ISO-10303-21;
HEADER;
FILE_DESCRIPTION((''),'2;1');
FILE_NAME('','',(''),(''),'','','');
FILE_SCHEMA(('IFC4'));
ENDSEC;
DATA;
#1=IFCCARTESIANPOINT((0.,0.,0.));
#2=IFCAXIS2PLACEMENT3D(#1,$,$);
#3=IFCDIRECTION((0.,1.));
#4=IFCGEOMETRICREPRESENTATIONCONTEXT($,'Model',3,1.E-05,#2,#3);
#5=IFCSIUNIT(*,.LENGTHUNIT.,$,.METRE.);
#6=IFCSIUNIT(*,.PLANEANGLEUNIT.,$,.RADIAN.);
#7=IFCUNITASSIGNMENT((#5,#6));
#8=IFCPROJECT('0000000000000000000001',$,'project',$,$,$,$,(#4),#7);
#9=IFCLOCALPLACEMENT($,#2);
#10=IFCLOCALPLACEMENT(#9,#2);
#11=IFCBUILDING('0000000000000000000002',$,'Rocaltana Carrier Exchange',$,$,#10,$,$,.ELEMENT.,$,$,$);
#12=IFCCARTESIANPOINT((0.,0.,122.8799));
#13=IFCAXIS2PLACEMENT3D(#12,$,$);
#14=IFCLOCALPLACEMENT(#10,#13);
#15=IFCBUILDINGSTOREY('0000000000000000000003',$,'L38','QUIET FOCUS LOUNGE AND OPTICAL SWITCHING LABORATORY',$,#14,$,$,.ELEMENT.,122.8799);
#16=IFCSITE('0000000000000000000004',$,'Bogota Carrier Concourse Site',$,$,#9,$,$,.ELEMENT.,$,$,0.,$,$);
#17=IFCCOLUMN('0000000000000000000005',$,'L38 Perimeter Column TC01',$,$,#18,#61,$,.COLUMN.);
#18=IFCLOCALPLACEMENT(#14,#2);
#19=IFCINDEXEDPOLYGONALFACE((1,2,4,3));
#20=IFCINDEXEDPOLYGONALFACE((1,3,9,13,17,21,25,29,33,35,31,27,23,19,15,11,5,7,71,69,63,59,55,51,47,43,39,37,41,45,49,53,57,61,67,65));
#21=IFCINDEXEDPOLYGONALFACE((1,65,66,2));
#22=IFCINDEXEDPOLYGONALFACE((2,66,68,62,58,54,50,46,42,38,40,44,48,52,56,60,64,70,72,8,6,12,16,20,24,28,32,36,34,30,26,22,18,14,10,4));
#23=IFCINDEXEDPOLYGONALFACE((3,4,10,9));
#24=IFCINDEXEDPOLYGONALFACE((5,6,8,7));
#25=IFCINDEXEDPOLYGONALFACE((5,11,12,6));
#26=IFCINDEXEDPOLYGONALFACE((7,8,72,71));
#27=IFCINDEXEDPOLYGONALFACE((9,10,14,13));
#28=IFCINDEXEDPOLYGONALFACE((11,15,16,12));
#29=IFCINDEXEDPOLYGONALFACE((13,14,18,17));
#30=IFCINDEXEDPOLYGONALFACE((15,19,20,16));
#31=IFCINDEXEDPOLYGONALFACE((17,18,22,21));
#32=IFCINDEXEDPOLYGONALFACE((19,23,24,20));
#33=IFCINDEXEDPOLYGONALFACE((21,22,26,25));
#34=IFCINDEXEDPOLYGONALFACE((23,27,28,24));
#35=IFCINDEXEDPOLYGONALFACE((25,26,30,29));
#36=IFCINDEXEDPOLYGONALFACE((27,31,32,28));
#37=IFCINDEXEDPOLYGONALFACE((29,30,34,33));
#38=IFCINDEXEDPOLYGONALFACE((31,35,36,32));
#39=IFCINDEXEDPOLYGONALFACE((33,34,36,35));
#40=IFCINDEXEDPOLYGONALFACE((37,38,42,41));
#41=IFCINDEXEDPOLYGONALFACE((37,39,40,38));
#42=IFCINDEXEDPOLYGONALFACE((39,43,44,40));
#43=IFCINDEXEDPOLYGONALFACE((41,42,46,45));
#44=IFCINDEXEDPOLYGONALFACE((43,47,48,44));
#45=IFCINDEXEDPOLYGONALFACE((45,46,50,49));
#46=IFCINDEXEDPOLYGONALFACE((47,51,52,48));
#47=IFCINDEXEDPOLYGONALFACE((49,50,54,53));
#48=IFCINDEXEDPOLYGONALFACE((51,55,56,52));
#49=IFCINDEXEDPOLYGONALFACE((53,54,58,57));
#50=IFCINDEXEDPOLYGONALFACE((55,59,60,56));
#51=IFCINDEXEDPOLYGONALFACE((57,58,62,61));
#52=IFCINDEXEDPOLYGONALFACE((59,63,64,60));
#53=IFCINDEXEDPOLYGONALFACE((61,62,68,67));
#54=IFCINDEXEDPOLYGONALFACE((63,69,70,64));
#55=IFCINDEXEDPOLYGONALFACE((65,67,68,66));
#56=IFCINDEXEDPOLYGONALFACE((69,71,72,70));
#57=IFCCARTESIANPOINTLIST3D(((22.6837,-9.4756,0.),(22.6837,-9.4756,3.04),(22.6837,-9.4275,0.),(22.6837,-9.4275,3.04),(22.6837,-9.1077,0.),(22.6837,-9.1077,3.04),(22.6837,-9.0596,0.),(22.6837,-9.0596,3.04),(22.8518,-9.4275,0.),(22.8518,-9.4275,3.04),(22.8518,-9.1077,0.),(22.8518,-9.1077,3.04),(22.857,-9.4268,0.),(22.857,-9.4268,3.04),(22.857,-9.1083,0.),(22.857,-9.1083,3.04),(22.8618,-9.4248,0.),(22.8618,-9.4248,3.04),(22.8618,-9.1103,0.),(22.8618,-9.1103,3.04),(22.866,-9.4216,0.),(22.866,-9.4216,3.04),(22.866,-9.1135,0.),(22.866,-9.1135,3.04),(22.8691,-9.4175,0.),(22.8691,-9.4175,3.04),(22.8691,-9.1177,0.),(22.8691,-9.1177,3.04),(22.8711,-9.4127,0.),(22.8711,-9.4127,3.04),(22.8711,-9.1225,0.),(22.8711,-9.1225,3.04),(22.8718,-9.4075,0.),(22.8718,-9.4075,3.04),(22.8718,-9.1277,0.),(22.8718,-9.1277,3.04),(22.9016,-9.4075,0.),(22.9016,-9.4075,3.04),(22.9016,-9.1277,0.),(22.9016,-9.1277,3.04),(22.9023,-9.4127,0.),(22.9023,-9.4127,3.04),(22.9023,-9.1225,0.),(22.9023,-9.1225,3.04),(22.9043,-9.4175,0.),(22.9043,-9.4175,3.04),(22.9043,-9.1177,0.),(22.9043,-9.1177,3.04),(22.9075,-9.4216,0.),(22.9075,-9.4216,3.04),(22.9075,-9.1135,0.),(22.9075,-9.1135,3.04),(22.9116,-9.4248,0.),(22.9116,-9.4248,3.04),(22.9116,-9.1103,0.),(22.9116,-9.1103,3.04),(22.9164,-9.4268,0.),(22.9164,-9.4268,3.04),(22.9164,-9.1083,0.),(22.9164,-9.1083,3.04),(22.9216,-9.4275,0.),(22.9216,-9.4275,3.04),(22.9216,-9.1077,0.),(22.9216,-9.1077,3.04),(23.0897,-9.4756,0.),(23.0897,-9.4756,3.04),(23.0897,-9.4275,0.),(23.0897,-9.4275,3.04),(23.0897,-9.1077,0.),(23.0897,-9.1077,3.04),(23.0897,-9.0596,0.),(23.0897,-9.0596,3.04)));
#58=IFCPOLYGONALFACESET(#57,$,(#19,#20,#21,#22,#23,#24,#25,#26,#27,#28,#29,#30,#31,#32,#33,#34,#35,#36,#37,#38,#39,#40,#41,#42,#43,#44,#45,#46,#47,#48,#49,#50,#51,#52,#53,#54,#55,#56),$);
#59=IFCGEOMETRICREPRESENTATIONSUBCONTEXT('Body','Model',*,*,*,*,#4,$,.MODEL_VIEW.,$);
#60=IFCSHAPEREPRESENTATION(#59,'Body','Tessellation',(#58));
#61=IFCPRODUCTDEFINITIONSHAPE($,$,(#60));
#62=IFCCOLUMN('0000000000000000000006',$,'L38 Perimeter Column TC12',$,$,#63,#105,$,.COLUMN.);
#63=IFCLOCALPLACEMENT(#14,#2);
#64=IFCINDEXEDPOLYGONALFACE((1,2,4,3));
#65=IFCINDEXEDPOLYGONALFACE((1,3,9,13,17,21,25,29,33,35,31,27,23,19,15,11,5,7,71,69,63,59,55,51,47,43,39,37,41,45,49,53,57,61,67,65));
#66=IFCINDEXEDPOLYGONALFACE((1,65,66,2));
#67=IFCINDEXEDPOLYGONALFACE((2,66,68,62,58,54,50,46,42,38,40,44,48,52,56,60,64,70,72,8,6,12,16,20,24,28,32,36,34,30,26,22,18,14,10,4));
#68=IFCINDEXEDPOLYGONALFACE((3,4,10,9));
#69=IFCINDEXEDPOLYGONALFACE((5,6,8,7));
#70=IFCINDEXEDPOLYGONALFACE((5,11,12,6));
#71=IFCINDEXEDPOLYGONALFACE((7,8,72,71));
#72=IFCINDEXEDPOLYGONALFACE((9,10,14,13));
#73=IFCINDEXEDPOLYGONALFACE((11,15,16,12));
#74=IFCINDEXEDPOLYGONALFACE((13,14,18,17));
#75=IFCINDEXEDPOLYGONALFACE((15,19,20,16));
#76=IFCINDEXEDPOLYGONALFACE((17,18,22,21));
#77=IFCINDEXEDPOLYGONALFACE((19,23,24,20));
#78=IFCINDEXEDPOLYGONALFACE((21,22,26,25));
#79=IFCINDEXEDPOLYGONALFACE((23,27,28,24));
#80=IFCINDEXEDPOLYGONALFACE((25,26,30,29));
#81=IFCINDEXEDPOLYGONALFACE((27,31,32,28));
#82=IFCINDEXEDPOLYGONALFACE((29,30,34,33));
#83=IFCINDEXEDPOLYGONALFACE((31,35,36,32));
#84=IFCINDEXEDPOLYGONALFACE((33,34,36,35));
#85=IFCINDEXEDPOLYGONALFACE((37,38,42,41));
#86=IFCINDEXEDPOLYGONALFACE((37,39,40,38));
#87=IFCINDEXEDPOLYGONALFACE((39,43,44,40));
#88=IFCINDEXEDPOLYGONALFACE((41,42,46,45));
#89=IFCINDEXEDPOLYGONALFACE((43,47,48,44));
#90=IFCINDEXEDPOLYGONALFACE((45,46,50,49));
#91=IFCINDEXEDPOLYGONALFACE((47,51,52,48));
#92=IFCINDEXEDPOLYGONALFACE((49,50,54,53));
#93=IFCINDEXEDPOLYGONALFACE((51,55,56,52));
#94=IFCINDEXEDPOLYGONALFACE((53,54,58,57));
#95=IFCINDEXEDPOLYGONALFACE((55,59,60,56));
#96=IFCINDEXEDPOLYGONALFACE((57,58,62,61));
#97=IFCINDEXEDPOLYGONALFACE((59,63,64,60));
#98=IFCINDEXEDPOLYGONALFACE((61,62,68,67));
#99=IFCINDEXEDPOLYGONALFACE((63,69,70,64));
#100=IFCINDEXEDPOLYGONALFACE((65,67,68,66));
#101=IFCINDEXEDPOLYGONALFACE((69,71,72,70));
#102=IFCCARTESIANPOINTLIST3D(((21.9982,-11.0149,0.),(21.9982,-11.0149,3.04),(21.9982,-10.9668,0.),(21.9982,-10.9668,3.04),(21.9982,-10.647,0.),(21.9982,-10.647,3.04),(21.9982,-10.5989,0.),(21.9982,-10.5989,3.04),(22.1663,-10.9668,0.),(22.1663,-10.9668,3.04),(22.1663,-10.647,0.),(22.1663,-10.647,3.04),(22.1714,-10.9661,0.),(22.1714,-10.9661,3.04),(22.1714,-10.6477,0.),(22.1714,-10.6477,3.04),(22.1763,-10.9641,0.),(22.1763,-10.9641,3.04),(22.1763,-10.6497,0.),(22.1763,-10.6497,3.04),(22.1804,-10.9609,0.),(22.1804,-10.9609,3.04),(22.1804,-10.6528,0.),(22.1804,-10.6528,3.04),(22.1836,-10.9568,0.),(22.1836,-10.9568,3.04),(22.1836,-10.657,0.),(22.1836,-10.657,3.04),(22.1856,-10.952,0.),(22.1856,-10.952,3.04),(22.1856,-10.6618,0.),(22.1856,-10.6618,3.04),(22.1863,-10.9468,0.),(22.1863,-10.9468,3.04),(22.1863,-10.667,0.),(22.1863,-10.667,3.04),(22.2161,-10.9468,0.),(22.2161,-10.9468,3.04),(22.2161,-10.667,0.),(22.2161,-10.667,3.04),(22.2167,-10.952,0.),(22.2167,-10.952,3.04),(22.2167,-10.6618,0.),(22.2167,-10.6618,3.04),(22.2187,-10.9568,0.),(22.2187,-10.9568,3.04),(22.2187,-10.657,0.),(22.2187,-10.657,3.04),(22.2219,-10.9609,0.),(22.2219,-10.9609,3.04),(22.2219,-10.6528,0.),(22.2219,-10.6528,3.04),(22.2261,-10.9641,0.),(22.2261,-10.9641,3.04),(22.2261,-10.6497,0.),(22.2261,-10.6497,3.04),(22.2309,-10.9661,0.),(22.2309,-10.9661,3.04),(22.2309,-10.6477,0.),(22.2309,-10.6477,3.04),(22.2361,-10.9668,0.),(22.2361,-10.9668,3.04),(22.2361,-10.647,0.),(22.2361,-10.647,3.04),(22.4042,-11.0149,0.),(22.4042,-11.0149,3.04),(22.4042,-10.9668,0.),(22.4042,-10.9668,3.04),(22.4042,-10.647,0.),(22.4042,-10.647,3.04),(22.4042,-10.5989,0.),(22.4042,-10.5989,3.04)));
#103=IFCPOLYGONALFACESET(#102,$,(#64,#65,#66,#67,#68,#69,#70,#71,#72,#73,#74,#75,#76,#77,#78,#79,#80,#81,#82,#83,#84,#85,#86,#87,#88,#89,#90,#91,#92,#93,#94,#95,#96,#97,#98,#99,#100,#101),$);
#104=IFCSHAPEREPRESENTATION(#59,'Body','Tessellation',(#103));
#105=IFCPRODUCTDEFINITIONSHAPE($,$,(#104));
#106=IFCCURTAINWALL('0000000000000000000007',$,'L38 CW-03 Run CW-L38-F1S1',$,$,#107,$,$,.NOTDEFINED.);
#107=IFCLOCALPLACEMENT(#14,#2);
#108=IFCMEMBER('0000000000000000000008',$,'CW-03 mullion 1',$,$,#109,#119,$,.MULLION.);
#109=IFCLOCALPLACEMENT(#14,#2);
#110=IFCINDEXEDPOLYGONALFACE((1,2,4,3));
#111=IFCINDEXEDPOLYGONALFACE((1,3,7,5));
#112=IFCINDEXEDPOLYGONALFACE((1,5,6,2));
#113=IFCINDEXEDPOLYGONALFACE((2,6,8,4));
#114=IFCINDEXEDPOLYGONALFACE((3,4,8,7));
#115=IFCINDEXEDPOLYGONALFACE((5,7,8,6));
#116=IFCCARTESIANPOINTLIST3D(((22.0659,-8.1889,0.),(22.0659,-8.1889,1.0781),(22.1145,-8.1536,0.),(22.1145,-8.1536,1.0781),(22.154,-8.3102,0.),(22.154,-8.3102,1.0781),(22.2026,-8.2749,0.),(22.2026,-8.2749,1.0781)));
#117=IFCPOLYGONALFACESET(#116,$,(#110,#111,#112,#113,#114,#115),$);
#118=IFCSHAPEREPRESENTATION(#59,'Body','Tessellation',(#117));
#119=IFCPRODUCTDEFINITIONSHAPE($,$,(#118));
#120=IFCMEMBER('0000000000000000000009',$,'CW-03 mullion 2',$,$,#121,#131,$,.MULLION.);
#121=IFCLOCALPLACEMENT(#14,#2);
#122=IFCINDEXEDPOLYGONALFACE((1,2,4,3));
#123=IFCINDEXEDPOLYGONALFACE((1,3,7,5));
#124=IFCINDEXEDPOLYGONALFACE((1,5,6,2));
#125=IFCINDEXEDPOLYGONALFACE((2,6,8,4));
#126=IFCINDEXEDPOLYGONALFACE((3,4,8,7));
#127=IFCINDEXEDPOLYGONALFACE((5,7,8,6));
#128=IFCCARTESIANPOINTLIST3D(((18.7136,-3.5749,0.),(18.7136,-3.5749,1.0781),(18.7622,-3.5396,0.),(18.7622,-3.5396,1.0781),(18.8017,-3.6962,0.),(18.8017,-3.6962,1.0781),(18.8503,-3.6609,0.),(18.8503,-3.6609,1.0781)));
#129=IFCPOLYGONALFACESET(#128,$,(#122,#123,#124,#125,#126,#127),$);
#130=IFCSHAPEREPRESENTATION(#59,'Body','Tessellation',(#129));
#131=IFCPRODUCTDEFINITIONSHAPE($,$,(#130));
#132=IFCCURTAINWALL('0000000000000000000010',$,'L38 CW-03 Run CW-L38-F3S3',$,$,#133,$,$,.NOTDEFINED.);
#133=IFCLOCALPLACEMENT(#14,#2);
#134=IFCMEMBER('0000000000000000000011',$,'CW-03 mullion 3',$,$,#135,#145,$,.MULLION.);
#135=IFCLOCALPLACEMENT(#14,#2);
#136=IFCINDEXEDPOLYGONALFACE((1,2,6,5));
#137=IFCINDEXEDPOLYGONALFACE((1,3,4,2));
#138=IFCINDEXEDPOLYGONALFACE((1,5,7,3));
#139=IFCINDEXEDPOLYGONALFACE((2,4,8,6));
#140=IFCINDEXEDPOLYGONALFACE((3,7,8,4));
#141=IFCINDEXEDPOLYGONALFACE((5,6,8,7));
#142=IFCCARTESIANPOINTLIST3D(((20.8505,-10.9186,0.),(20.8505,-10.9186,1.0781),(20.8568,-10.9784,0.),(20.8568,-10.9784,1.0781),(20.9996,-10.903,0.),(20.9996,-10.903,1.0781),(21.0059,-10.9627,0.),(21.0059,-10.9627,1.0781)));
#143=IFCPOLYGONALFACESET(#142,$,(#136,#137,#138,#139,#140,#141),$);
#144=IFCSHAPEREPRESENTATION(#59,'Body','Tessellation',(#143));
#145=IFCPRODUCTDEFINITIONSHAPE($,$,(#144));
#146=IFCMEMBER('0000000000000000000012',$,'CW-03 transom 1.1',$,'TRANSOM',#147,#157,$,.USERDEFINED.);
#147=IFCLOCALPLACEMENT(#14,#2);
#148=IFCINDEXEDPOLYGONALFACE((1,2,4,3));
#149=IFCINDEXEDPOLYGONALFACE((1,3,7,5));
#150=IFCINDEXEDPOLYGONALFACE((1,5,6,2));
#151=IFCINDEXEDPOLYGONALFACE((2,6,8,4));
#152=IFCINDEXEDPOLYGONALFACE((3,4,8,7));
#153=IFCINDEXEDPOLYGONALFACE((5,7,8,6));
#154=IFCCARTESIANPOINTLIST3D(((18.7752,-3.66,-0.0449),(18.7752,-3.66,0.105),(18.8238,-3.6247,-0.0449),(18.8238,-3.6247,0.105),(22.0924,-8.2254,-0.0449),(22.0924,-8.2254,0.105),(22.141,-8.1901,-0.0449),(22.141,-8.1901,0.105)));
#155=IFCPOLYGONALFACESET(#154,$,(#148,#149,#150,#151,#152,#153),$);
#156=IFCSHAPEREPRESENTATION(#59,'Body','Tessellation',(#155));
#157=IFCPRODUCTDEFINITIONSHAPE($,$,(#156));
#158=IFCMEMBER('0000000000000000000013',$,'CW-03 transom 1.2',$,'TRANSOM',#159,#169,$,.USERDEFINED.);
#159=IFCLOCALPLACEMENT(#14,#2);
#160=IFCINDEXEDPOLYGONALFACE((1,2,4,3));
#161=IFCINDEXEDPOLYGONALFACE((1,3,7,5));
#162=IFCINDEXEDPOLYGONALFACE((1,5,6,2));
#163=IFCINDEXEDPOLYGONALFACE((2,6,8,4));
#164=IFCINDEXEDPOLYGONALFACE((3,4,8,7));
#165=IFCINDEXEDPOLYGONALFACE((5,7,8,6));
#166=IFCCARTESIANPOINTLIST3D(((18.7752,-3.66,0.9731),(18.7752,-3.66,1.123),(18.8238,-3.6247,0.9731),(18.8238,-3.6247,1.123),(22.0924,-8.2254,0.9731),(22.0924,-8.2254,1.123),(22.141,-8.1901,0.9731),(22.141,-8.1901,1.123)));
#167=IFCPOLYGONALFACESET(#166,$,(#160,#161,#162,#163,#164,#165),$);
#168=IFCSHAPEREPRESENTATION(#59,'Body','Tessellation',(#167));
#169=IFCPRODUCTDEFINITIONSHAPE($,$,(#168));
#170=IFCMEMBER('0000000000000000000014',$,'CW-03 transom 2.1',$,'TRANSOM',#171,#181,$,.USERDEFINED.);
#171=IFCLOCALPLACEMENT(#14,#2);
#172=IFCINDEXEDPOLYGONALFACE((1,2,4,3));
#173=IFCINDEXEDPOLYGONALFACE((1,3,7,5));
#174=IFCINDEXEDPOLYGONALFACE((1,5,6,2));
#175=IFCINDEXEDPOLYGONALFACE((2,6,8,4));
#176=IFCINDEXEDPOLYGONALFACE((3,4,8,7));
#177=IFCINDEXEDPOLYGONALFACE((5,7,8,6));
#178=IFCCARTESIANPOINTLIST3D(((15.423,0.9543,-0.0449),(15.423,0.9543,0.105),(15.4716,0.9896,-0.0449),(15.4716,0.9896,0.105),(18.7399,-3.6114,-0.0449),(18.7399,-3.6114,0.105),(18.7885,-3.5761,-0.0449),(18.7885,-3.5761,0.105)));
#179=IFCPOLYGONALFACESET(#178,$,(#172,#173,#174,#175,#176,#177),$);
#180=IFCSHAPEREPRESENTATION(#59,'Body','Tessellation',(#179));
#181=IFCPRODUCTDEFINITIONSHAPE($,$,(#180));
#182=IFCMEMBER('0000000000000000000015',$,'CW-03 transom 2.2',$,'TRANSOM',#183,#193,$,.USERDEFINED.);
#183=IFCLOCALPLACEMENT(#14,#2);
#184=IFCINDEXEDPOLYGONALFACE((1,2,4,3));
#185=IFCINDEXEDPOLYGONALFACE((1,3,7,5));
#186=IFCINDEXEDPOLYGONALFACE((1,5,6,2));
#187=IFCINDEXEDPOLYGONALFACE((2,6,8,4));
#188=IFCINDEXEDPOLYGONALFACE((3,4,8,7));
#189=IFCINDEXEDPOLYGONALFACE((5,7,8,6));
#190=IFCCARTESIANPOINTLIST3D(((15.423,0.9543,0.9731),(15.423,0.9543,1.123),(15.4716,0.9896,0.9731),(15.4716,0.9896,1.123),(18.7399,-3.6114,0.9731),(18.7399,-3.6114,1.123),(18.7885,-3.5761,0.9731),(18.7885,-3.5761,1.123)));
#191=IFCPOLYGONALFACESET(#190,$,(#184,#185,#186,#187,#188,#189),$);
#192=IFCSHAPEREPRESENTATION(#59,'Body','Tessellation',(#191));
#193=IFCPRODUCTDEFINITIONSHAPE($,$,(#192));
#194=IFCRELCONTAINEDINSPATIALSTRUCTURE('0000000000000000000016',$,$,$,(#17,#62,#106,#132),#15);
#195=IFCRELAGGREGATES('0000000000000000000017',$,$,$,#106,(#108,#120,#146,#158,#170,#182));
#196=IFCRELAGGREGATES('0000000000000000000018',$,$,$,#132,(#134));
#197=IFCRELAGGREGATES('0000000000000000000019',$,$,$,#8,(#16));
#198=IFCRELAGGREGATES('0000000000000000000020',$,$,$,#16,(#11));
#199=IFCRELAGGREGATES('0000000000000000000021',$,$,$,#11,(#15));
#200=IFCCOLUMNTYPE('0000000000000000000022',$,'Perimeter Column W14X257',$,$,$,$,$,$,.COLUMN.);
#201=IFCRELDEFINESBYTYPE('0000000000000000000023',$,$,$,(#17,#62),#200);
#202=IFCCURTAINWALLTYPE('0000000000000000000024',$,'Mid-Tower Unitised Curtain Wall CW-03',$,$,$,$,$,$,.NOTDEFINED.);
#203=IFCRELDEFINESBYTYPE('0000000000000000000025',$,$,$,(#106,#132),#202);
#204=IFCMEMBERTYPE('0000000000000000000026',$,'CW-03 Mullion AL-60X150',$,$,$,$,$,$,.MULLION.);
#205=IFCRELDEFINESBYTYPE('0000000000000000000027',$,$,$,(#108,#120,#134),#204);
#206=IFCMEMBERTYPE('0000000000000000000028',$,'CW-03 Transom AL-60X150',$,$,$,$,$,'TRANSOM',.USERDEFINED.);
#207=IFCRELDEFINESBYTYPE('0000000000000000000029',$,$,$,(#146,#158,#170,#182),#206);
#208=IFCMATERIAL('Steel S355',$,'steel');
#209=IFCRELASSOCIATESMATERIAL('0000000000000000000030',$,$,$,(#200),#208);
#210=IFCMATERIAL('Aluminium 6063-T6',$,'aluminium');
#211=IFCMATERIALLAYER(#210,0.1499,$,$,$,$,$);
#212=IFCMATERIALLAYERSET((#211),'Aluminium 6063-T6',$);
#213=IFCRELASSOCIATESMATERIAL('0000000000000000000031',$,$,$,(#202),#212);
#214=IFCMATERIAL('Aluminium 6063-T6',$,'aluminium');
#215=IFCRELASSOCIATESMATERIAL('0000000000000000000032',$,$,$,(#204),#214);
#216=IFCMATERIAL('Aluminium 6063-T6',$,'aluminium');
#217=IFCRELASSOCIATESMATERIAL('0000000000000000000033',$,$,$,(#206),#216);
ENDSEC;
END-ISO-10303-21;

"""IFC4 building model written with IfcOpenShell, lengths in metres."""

from ifc_helpers import new_model, si_unit, direction, frame, origin, origin_2d, place, context, subcontext, project, spatial, rectangle, i_section, extrude, material, layer, layer_set, material_profile, profile_set, type_object, element, aggregate, save


model = new_model("IFC4")

# Units and contexts
model_context = context("Model", 3, precision=1e-05, world=origin(), true_north=direction((0.0, 1.0)))
body_context = subcontext(model_context, "Body", "Model", "MODEL_VIEW")
ifc_project = project(units=[si_unit("LENGTHUNIT", "METRE"), si_unit("PLANEANGLEUNIT", "RADIAN")], contexts=[model_context])

# Site, building, storey
site_placement = place(None, origin())
site = spatial("IfcSite", under=ifc_project, at=site_placement, Name="Bogota Carrier Concourse Site", CompositionType="ELEMENT", RefElevation=0.0)
building_placement = place(site_placement, origin())
building = spatial("IfcBuilding", under=site, at=building_placement, Name="Rocaltana Carrier Exchange", CompositionType="ELEMENT")
storey_placement = place(building_placement, frame((0.0, 0.0, 122.8799)))
storey = spatial("IfcBuildingStorey", under=building, at=storey_placement, Name="L38", Description="QUIET FOCUS LOUNGE AND OPTICAL SWITCHING LABORATORY", CompositionType="ELEMENT", Elevation=122.8799)

# Columns
ifc_material_1 = material(Name="Steel S355", Category="steel")
ifc_material_profile_1 = material_profile(ifc_material_1, i_section(OverallWidth=0.406, OverallDepth=0.416, WebThickness=0.0298, FlangeThickness=0.0481, FilletRadius=0.02, at=origin_2d()), Name="W14X257")
ifc_profile_set_1 = profile_set([ifc_material_profile_1], Name="Steel S355")
column_type = type_object("IfcColumnType", Name="Perimeter Column W14X257", PredefinedType="COLUMN", material=ifc_profile_set_1)
for number, where, z_axis, x_axis, name in (
    (1, (22.8867, -9.2676, 0.0), (0.0, 0.0, 1.0), (1.0, 0.0, 0.0), "L38 Perimeter Column TC01"),
    (2, (22.2012, -10.8069, 0.0), (0.0, 0.0, 1.0), (1.0, 0.0, 0.0), "L38 Perimeter Column TC12"),
):
    element("IfcColumn", number, at=place(storey_placement, frame(where, z_axis=z_axis, x_axis=x_axis)), inside=storey, type_object=column_type, Name=name, PredefinedType="COLUMN", context=body_context, shape_type="SweptSolid", body=[
        extrude(i_section(OverallWidth=0.406, OverallDepth=0.416, WebThickness=0.0298, FlangeThickness=0.0481, FilletRadius=0.02, at=origin_2d()), origin(), (0.0, 0.0, 1.0), 3.04),
    ])

# Curtain wall, members
ifc_material_2 = material(Name="Aluminium 6063-T6", Category="aluminium")
ifc_layer_1 = layer(ifc_material_2, 0.1499)
ifc_layer_set_1 = layer_set([ifc_layer_1], Name="Aluminium 6063-T6")
curtain_wall_type = type_object("IfcCurtainWallType", Name="Mid-Tower Unitised Curtain Wall CW-03", PredefinedType="NOTDEFINED", material=ifc_layer_set_1)
curtain_wall_1_placement = place(storey_placement, origin())
curtain_wall_1 = element("IfcCurtainWall", 3, at=curtain_wall_1_placement, inside=storey, type_object=curtain_wall_type, Name="L38 CW-03 Run CW-L38-F1S1", PredefinedType="NOTDEFINED")
ifc_material_3 = material(Name="Aluminium 6063-T6", Category="aluminium")
ifc_material_profile_2 = material_profile(ifc_material_3, rectangle(XDim=0.0601, YDim=0.1499, at=origin_2d()), Name="AL-60X150")
ifc_profile_set_2 = profile_set([ifc_material_profile_2], Name="Aluminium 6063-T6")
member_type_1 = type_object("IfcMemberType", Name="CW-03 Mullion AL-60X150", PredefinedType="MULLION", material=ifc_profile_set_2)
member_1_placement = place(storey_placement, frame((22.1343, -8.2319, 0.0), z_axis=(0.0, 0.0, 1.0), x_axis=(-0.809014, -0.58779, 0.0)))
member_1 = element("IfcMember", 4, at=member_1_placement, type_object=member_type_1, Name="CW-03 mullion 1", PredefinedType="MULLION", context=body_context, shape_type="SweptSolid", body=[
    extrude(rectangle(XDim=0.0601, YDim=0.1499, at=origin_2d()), origin(), (0.0, 0.0, 1.0), 1.0781),
])
member_2_placement = place(storey_placement, frame((18.782, -3.6179, 0.0), z_axis=(0.0, 0.0, 1.0), x_axis=(-0.809014, -0.58779, 0.0)))
member_2 = element("IfcMember", 5, at=member_2_placement, type_object=member_type_1, Name="CW-03 mullion 2", PredefinedType="MULLION", context=body_context, shape_type="SweptSolid", body=[
    extrude(rectangle(XDim=0.0601, YDim=0.1499, at=origin_2d()), origin(), (0.0, 0.0, 1.0), 1.0781),
])

# Curtain wall, member
curtain_wall_2_placement = place(storey_placement, origin())
curtain_wall_2 = element("IfcCurtainWall", 6, at=curtain_wall_2_placement, inside=storey, type_object=curtain_wall_type, Name="L38 CW-03 Run CW-L38-F3S3", PredefinedType="NOTDEFINED")
member_3_placement = place(storey_placement, frame((20.9282, -10.9407, 0.0), z_axis=(0.0, 0.0, 1.0), x_axis=(-0.104522, 0.994523, 0.0)))
member_3 = element("IfcMember", 7, at=member_3_placement, type_object=member_type_1, Name="CW-03 mullion 3", PredefinedType="MULLION", context=body_context, shape_type="SweptSolid", body=[
    extrude(rectangle(XDim=0.0601, YDim=0.1499, at=origin_2d()), origin(), (0.0, 0.0, 1.0), 1.0781),
])

# Members
ifc_material_4 = material(Name="Aluminium 6063-T6", Category="aluminium")
ifc_material_profile_3 = material_profile(ifc_material_4, rectangle(XDim=0.0601, YDim=0.1499, at=origin_2d()), Name="AL-60X150")
ifc_profile_set_3 = profile_set([ifc_material_profile_3], Name="Aluminium 6063-T6")
member_type_2 = type_object("IfcMemberType", Name="CW-03 Transom AL-60X150", ElementType="TRANSOM", PredefinedType="USERDEFINED", material=ifc_profile_set_3)
member_4_placement = place(storey_placement, frame((22.1167, -8.2078, 0.03), z_axis=(-0.587804, 0.809004, 0.0), x_axis=(-0.809004, -0.587804, 0.0)))
member_4 = element("IfcMember", 8, at=member_4_placement, type_object=member_type_2, Name="CW-03 transom 1.1", ObjectType="TRANSOM", PredefinedType="USERDEFINED", context=body_context, shape_type="SweptSolid", body=[
    extrude(rectangle(XDim=0.0601, YDim=0.1499, at=origin_2d()), origin(), (0.0, 0.0, 1.0), 5.6433),
])
member_5_placement = place(storey_placement, frame((22.1167, -8.2078, 1.0481), z_axis=(-0.587804, 0.809004, 0.0), x_axis=(-0.809004, -0.587804, 0.0)))
member_5 = element("IfcMember", 9, at=member_5_placement, type_object=member_type_2, Name="CW-03 transom 1.2", ObjectType="TRANSOM", PredefinedType="USERDEFINED", context=body_context, shape_type="SweptSolid", body=[
    extrude(rectangle(XDim=0.0601, YDim=0.1499, at=origin_2d()), origin(), (0.0, 0.0, 1.0), 5.6433),
])
member_6_placement = place(storey_placement, frame((18.7642, -3.5938, 0.03), z_axis=(-0.587755, 0.809039, 0.0), x_axis=(-0.809039, -0.587755, 0.0)))
member_6 = element("IfcMember", 10, at=member_6_placement, type_object=member_type_2, Name="CW-03 transom 2.1", ObjectType="TRANSOM", PredefinedType="USERDEFINED", context=body_context, shape_type="SweptSolid", body=[
    extrude(rectangle(XDim=0.0601, YDim=0.1499, at=origin_2d()), origin(), (0.0, 0.0, 1.0), 5.6433),
])
member_7_placement = place(storey_placement, frame((18.7642, -3.5938, 1.0481), z_axis=(-0.587755, 0.809039, 0.0), x_axis=(-0.809039, -0.587755, 0.0)))
member_7 = element("IfcMember", 11, at=member_7_placement, type_object=member_type_2, Name="CW-03 transom 2.2", ObjectType="TRANSOM", PredefinedType="USERDEFINED", context=body_context, shape_type="SweptSolid", body=[
    extrude(rectangle(XDim=0.0601, YDim=0.1499, at=origin_2d()), origin(), (0.0, 0.0, 1.0), 5.6433),
])

aggregate(curtain_wall_1, [member_1, member_2, member_4, member_5, member_6, member_7])
aggregate(curtain_wall_2, [member_3])

save(model, "model.ifc")
